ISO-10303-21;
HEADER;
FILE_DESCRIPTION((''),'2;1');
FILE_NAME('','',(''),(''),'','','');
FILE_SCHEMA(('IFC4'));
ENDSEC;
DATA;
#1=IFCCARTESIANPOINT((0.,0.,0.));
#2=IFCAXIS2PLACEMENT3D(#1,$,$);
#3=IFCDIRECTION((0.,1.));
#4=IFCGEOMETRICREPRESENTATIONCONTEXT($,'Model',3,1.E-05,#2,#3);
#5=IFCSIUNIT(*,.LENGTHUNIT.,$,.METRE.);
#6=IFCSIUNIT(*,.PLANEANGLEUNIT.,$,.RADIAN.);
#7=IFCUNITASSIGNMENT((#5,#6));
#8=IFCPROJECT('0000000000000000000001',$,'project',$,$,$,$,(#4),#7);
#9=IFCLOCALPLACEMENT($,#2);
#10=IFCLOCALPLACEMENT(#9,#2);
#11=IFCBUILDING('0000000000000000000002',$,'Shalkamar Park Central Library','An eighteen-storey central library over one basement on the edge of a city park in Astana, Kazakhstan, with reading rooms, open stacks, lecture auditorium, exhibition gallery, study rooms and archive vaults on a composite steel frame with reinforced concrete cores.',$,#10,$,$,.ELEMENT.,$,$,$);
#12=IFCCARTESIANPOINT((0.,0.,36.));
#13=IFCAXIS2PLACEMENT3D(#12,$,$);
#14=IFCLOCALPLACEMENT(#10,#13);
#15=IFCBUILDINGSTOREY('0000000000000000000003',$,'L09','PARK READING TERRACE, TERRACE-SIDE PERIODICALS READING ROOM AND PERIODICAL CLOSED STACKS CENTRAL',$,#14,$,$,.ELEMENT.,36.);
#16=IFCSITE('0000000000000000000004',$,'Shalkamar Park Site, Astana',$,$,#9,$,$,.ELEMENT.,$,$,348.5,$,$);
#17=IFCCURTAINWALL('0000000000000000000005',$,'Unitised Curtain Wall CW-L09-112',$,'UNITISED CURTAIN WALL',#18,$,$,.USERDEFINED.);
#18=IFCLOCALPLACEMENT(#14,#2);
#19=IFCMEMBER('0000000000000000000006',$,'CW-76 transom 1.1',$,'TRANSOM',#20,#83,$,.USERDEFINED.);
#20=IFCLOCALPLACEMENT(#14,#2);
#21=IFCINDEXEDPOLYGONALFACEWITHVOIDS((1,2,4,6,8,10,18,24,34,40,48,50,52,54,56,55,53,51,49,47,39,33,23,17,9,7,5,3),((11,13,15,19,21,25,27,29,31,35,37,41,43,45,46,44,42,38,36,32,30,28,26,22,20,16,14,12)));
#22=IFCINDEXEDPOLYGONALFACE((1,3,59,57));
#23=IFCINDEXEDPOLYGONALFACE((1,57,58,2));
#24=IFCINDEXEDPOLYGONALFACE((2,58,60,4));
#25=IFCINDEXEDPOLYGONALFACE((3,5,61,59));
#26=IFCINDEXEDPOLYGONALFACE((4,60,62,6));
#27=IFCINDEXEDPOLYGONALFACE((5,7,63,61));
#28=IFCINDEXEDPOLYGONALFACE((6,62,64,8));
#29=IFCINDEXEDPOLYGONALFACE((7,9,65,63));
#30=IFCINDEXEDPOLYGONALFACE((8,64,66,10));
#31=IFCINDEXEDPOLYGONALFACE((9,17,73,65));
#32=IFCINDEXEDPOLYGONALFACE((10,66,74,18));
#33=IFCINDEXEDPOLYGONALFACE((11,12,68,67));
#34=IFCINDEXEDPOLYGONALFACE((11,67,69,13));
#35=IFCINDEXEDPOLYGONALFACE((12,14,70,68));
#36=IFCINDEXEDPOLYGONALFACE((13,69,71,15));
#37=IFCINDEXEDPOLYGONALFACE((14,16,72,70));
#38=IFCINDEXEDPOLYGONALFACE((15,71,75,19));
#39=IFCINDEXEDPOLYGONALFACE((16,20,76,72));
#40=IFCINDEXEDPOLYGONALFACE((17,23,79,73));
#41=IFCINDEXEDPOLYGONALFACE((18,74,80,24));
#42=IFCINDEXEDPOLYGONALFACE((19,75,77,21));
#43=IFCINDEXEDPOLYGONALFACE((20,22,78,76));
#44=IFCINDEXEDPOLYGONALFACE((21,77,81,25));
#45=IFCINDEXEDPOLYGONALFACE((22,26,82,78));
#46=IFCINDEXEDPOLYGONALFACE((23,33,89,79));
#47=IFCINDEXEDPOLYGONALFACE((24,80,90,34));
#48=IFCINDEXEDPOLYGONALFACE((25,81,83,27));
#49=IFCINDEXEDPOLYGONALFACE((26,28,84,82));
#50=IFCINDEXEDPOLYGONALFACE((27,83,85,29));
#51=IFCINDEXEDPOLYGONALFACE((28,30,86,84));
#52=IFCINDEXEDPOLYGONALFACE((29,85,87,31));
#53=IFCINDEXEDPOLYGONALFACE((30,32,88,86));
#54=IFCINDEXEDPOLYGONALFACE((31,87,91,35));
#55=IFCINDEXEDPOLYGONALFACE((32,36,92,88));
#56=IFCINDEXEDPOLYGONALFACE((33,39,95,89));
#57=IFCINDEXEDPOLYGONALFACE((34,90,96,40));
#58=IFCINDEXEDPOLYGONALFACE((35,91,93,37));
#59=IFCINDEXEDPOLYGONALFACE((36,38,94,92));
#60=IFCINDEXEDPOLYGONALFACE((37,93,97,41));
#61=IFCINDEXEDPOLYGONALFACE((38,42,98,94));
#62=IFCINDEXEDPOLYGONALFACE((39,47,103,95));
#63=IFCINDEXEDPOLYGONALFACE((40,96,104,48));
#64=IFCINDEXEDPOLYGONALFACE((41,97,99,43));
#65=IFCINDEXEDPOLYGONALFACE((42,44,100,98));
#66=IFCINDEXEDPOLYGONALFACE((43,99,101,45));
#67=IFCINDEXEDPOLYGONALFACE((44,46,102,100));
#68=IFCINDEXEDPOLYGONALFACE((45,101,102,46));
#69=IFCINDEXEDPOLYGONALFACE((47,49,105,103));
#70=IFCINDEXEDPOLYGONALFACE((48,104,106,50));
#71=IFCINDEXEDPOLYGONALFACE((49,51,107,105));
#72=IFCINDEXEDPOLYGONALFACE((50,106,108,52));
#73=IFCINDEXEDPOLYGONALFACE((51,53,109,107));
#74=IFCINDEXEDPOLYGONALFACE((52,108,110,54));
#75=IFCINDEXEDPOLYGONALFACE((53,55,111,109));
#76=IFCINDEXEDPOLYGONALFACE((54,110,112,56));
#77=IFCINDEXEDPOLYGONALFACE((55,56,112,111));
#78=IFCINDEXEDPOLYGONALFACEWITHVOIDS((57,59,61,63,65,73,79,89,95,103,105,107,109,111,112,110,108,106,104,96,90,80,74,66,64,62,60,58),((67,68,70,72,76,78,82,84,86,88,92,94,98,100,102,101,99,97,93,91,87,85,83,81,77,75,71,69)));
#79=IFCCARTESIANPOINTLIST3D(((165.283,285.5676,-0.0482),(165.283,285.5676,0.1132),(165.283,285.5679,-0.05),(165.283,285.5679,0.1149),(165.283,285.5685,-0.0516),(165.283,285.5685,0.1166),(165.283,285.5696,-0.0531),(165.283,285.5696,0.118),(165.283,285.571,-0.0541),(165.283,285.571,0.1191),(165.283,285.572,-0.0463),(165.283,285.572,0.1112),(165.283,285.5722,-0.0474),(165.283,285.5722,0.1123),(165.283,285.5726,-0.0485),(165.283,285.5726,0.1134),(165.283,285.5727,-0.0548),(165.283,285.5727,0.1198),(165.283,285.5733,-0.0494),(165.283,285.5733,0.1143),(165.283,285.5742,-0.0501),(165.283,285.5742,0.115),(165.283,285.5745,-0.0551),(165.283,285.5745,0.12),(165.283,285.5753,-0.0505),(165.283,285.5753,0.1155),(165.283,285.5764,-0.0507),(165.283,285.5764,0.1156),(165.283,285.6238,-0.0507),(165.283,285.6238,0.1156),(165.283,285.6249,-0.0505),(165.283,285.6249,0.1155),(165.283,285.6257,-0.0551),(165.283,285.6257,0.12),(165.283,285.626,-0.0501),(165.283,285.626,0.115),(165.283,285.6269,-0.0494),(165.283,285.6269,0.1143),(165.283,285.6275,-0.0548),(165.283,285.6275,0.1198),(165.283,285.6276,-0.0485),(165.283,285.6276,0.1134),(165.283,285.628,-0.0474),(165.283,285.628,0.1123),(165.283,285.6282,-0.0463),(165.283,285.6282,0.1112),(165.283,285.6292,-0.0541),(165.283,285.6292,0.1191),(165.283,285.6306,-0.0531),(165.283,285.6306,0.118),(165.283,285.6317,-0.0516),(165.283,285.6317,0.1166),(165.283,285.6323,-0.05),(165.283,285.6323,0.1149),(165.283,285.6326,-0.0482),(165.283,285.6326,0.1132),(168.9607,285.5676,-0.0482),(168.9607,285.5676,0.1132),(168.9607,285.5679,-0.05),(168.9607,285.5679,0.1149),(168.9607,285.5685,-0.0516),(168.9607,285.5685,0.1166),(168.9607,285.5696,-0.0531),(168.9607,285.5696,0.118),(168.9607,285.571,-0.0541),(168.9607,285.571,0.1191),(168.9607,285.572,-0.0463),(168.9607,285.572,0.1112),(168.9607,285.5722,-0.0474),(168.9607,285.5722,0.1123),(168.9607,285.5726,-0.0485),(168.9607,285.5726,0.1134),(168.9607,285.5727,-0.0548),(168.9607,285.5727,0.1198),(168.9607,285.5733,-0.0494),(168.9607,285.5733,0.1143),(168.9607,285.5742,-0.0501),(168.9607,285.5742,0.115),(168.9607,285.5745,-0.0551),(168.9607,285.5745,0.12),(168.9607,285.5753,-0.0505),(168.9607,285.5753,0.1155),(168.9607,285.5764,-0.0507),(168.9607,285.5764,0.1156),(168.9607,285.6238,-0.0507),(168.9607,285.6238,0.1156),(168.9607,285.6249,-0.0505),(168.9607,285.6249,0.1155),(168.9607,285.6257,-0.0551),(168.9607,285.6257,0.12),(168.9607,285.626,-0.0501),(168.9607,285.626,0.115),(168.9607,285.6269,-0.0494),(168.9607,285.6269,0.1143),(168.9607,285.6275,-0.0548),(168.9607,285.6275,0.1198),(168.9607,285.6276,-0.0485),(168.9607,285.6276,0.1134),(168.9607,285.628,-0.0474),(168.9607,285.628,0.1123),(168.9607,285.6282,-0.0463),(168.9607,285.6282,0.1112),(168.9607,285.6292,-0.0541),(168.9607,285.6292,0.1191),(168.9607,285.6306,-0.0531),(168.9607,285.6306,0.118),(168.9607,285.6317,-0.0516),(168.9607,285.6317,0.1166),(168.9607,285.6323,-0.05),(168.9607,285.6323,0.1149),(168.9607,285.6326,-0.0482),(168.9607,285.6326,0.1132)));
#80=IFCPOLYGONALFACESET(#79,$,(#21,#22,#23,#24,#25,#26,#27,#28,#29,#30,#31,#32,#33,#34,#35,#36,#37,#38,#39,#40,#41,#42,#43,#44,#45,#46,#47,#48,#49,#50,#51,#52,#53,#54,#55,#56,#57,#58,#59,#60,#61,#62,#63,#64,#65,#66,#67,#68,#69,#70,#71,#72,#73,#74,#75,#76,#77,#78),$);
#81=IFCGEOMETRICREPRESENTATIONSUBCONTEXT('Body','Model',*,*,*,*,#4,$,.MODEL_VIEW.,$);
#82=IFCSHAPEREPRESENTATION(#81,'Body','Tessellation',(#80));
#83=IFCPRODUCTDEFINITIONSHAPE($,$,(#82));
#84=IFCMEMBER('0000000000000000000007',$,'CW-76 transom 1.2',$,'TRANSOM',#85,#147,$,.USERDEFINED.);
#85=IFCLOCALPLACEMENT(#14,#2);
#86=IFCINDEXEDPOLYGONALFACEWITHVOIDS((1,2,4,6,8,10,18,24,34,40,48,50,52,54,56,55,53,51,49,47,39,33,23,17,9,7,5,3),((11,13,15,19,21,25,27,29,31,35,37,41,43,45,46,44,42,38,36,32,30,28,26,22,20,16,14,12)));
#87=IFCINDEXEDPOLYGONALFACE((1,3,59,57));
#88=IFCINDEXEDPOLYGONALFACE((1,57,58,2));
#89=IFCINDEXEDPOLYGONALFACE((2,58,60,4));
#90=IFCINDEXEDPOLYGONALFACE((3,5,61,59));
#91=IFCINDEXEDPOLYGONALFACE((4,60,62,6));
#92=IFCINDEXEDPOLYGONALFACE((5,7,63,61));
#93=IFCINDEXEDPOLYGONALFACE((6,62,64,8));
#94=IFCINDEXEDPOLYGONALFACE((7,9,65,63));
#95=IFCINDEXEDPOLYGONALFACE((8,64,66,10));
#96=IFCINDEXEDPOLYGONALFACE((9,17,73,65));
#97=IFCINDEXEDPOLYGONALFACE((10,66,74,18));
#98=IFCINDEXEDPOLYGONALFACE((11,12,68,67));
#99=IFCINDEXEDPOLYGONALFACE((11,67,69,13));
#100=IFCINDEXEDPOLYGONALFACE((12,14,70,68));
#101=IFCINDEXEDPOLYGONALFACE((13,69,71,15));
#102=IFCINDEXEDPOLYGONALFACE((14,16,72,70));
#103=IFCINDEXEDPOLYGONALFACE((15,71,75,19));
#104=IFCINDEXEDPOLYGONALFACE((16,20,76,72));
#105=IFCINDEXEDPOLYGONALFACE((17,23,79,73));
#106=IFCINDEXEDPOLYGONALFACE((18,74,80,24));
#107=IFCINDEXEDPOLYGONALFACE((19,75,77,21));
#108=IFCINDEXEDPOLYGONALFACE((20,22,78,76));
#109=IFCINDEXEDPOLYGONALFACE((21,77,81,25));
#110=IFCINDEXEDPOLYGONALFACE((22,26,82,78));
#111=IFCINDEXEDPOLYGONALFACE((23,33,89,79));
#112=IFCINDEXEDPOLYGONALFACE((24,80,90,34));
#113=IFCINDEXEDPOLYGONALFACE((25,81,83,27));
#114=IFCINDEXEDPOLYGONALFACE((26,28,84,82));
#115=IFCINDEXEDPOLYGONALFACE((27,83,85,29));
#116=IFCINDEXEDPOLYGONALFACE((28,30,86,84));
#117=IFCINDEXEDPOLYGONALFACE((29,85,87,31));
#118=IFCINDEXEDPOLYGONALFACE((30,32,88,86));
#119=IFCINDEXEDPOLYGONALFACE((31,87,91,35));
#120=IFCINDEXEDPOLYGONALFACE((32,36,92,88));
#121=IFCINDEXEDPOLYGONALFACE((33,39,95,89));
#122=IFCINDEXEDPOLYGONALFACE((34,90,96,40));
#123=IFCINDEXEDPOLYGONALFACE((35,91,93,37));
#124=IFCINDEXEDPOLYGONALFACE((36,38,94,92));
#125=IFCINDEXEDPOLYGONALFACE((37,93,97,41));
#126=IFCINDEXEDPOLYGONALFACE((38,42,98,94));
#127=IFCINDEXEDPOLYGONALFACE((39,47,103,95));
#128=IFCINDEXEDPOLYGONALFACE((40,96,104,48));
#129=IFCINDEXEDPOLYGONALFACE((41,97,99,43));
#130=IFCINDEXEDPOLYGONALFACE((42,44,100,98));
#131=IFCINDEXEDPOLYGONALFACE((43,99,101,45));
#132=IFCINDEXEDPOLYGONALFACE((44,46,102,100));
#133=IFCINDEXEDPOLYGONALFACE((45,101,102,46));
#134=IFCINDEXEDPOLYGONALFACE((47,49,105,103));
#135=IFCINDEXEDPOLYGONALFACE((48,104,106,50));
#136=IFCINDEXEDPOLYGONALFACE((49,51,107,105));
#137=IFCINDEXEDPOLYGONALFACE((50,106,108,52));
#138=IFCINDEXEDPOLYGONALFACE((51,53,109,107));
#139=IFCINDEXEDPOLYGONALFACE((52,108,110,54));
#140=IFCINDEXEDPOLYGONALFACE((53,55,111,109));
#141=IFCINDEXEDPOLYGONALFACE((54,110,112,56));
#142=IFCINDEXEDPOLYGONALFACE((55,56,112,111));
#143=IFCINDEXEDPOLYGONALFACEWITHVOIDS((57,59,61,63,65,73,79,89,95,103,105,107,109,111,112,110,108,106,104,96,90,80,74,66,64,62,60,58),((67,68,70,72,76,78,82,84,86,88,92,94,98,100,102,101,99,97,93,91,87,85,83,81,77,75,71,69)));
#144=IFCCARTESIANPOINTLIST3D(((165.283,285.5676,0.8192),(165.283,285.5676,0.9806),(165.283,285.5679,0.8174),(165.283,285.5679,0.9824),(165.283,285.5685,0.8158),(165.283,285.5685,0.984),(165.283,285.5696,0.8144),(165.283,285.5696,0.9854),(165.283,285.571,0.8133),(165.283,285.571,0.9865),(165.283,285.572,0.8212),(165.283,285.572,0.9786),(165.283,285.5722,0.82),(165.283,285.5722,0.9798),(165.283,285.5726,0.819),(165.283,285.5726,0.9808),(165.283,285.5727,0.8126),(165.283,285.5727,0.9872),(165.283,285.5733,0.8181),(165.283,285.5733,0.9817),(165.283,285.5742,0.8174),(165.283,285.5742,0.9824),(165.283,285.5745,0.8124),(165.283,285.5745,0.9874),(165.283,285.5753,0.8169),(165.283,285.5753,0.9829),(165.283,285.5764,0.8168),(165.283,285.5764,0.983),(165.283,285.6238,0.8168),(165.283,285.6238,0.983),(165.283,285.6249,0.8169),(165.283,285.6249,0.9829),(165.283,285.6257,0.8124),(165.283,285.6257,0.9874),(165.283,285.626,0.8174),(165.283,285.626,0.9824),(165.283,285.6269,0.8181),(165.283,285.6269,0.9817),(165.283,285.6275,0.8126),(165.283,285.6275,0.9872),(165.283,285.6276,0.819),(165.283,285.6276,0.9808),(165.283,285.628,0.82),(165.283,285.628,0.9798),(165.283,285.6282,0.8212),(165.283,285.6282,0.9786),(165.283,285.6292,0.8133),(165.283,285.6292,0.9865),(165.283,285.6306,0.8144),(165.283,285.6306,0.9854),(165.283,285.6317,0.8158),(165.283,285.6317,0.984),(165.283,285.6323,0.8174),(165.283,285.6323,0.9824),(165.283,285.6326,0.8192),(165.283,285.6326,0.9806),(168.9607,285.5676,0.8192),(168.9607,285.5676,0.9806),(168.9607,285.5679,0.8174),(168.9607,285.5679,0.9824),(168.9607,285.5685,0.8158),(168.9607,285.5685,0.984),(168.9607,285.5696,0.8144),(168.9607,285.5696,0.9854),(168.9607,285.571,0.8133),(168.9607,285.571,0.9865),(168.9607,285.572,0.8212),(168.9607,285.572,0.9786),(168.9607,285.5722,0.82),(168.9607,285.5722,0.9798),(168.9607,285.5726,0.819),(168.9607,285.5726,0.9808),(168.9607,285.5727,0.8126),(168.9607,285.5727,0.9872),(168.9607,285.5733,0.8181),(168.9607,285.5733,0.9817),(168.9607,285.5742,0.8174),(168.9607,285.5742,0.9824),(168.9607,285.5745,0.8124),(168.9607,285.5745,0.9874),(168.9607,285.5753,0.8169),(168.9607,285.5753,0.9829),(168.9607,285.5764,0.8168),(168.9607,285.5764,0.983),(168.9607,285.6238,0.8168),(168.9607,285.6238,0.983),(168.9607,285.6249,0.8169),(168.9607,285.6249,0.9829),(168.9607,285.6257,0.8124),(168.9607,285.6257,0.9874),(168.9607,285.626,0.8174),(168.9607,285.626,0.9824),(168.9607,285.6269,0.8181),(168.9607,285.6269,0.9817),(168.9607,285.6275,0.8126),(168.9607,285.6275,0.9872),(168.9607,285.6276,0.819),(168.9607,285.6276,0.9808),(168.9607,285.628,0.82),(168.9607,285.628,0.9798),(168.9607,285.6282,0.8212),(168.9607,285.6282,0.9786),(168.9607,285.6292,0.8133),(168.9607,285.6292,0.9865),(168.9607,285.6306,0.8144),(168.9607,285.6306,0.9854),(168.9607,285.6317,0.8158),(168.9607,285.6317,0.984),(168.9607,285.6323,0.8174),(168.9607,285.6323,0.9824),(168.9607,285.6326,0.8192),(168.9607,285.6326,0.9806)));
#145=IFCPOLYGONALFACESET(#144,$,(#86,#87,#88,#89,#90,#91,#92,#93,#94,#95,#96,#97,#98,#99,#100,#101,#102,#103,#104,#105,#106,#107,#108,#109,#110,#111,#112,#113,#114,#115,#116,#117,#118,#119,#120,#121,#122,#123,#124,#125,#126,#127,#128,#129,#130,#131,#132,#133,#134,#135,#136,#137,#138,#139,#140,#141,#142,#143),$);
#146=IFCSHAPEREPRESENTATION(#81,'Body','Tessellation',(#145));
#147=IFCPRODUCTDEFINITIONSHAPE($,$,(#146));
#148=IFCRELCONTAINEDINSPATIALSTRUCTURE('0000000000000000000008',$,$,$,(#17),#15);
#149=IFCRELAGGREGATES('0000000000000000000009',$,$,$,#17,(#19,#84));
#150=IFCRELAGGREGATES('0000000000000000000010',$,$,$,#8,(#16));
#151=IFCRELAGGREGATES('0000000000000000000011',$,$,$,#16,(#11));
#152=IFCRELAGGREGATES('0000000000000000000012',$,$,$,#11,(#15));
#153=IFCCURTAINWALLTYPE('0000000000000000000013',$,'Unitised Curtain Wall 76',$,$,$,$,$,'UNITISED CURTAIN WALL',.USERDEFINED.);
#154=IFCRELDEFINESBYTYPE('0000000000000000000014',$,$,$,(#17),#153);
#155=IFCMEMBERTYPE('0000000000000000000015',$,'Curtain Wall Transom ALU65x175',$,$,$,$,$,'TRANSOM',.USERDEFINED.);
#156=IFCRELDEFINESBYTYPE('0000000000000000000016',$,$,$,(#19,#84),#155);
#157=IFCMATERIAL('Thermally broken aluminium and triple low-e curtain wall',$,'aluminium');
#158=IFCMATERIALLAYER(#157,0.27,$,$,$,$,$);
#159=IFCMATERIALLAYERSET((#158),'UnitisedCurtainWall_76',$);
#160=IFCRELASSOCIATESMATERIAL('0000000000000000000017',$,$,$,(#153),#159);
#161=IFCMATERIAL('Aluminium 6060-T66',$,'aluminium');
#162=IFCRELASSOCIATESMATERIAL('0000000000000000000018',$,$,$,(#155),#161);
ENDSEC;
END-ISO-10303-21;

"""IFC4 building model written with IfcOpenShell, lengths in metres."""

from ifc_helpers import new_model, si_unit, direction, frame, origin, origin_2d, place, context, subcontext, project, spatial, hollow_rectangle, extrude, material, layer, layer_set, material_profile, profile_set, type_object, element, aggregate, save


model = new_model("IFC4")

# Units and contexts
model_context = context("Model", 3, precision=1e-05, world=origin(), true_north=direction((0.0, 1.0)))
body_context = subcontext(model_context, "Body", "Model", "MODEL_VIEW")
ifc_project = project(units=[si_unit("LENGTHUNIT", "METRE"), si_unit("PLANEANGLEUNIT", "RADIAN")], contexts=[model_context])

# Site, building, storey
site_placement = place(None, origin())
site = spatial("IfcSite", under=ifc_project, at=site_placement, Name="Shalkamar Park Site, Astana", CompositionType="ELEMENT", RefElevation=348.5)
building_placement = place(site_placement, origin())
building = spatial("IfcBuilding", under=site, at=building_placement, Name="Shalkamar Park Central Library", Description="An eighteen-storey central library over one basement on the edge of a city park in Astana, Kazakhstan, with reading rooms, open stacks, lecture auditorium, exhibition gallery, study rooms and archive vaults on a composite steel frame with reinforced concrete cores.", CompositionType="ELEMENT")
storey_placement = place(building_placement, frame((0.0, 0.0, 36.0)))
storey = spatial("IfcBuildingStorey", under=building, at=storey_placement, Name="L09", Description="PARK READING TERRACE, TERRACE-SIDE PERIODICALS READING ROOM AND PERIODICAL CLOSED STACKS CENTRAL", CompositionType="ELEMENT", Elevation=36.0)

# Curtain wall
ifc_material_1 = material(Name="Thermally broken aluminium and triple low-e curtain wall", Category="aluminium")
ifc_layer_1 = layer(ifc_material_1, 0.27)
ifc_layer_set_1 = layer_set([ifc_layer_1], Name="UnitisedCurtainWall_76")
curtain_wall_type_1 = type_object("IfcCurtainWallType", Name="Unitised Curtain Wall 76", ElementType="UNITISED CURTAIN WALL", PredefinedType="USERDEFINED", material=ifc_layer_set_1)
curtain_wall_1_placement = place(storey_placement, origin())
curtain_wall_1 = element("IfcCurtainWall", 1, at=curtain_wall_1_placement, inside=storey, type_object=curtain_wall_type_1, Name="Unitised Curtain Wall CW-L09-112", ObjectType="UNITISED CURTAIN WALL", PredefinedType="USERDEFINED")
ifc_material_2 = material(Name="Aluminium 6060-T66", Category="aluminium")

# Members
ifc_material_profile_1 = material_profile(ifc_material_2, hollow_rectangle(XDim=0.0649, YDim=0.175, WallThickness=0.0044, InnerFilletRadius=0.0044, OuterFilletRadius=0.0068, at=origin_2d()), Name="ALU 65x175x4.5")
ifc_profile_set_1 = profile_set([ifc_material_profile_1], Name="Aluminium 6060-T66")
member_type_1 = type_object("IfcMemberType", Name="Curtain Wall Transom ALU65x175", ElementType="TRANSOM", PredefinedType="USERDEFINED", material=ifc_profile_set_1)
member_1_placement = place(storey_placement, frame((165.283, 285.6001, 0.0325), z_axis=(1.0, 0.0, 0.0), x_axis=(0.0, 1.0, 0.0)))
member_1 = element("IfcMember", 2, at=member_1_placement, type_object=member_type_1, Name="CW-76 transom 1.1", ObjectType="TRANSOM", PredefinedType="USERDEFINED", context=body_context, shape_type="SweptSolid", body=[
    extrude(hollow_rectangle(XDim=0.0649, YDim=0.175, WallThickness=0.0044, InnerFilletRadius=0.0044, OuterFilletRadius=0.0068, at=origin_2d()), origin(), (0.0, 0.0, 1.0), 3.6777),
])
member_2_placement = place(storey_placement, frame((165.283, 285.6001, 0.8999), z_axis=(1.0, 0.0, 0.0), x_axis=(0.0, 1.0, 0.0)))
member_2 = element("IfcMember", 3, at=member_2_placement, type_object=member_type_1, Name="CW-76 transom 1.2", ObjectType="TRANSOM", PredefinedType="USERDEFINED", context=body_context, shape_type="SweptSolid", body=[
    extrude(hollow_rectangle(XDim=0.0649, YDim=0.175, WallThickness=0.0044, InnerFilletRadius=0.0044, OuterFilletRadius=0.0068, at=origin_2d()), origin(), (0.0, 0.0, 1.0), 3.6777),
])

aggregate(curtain_wall_1, [member_1, member_2])

save(model, "model.ifc")
